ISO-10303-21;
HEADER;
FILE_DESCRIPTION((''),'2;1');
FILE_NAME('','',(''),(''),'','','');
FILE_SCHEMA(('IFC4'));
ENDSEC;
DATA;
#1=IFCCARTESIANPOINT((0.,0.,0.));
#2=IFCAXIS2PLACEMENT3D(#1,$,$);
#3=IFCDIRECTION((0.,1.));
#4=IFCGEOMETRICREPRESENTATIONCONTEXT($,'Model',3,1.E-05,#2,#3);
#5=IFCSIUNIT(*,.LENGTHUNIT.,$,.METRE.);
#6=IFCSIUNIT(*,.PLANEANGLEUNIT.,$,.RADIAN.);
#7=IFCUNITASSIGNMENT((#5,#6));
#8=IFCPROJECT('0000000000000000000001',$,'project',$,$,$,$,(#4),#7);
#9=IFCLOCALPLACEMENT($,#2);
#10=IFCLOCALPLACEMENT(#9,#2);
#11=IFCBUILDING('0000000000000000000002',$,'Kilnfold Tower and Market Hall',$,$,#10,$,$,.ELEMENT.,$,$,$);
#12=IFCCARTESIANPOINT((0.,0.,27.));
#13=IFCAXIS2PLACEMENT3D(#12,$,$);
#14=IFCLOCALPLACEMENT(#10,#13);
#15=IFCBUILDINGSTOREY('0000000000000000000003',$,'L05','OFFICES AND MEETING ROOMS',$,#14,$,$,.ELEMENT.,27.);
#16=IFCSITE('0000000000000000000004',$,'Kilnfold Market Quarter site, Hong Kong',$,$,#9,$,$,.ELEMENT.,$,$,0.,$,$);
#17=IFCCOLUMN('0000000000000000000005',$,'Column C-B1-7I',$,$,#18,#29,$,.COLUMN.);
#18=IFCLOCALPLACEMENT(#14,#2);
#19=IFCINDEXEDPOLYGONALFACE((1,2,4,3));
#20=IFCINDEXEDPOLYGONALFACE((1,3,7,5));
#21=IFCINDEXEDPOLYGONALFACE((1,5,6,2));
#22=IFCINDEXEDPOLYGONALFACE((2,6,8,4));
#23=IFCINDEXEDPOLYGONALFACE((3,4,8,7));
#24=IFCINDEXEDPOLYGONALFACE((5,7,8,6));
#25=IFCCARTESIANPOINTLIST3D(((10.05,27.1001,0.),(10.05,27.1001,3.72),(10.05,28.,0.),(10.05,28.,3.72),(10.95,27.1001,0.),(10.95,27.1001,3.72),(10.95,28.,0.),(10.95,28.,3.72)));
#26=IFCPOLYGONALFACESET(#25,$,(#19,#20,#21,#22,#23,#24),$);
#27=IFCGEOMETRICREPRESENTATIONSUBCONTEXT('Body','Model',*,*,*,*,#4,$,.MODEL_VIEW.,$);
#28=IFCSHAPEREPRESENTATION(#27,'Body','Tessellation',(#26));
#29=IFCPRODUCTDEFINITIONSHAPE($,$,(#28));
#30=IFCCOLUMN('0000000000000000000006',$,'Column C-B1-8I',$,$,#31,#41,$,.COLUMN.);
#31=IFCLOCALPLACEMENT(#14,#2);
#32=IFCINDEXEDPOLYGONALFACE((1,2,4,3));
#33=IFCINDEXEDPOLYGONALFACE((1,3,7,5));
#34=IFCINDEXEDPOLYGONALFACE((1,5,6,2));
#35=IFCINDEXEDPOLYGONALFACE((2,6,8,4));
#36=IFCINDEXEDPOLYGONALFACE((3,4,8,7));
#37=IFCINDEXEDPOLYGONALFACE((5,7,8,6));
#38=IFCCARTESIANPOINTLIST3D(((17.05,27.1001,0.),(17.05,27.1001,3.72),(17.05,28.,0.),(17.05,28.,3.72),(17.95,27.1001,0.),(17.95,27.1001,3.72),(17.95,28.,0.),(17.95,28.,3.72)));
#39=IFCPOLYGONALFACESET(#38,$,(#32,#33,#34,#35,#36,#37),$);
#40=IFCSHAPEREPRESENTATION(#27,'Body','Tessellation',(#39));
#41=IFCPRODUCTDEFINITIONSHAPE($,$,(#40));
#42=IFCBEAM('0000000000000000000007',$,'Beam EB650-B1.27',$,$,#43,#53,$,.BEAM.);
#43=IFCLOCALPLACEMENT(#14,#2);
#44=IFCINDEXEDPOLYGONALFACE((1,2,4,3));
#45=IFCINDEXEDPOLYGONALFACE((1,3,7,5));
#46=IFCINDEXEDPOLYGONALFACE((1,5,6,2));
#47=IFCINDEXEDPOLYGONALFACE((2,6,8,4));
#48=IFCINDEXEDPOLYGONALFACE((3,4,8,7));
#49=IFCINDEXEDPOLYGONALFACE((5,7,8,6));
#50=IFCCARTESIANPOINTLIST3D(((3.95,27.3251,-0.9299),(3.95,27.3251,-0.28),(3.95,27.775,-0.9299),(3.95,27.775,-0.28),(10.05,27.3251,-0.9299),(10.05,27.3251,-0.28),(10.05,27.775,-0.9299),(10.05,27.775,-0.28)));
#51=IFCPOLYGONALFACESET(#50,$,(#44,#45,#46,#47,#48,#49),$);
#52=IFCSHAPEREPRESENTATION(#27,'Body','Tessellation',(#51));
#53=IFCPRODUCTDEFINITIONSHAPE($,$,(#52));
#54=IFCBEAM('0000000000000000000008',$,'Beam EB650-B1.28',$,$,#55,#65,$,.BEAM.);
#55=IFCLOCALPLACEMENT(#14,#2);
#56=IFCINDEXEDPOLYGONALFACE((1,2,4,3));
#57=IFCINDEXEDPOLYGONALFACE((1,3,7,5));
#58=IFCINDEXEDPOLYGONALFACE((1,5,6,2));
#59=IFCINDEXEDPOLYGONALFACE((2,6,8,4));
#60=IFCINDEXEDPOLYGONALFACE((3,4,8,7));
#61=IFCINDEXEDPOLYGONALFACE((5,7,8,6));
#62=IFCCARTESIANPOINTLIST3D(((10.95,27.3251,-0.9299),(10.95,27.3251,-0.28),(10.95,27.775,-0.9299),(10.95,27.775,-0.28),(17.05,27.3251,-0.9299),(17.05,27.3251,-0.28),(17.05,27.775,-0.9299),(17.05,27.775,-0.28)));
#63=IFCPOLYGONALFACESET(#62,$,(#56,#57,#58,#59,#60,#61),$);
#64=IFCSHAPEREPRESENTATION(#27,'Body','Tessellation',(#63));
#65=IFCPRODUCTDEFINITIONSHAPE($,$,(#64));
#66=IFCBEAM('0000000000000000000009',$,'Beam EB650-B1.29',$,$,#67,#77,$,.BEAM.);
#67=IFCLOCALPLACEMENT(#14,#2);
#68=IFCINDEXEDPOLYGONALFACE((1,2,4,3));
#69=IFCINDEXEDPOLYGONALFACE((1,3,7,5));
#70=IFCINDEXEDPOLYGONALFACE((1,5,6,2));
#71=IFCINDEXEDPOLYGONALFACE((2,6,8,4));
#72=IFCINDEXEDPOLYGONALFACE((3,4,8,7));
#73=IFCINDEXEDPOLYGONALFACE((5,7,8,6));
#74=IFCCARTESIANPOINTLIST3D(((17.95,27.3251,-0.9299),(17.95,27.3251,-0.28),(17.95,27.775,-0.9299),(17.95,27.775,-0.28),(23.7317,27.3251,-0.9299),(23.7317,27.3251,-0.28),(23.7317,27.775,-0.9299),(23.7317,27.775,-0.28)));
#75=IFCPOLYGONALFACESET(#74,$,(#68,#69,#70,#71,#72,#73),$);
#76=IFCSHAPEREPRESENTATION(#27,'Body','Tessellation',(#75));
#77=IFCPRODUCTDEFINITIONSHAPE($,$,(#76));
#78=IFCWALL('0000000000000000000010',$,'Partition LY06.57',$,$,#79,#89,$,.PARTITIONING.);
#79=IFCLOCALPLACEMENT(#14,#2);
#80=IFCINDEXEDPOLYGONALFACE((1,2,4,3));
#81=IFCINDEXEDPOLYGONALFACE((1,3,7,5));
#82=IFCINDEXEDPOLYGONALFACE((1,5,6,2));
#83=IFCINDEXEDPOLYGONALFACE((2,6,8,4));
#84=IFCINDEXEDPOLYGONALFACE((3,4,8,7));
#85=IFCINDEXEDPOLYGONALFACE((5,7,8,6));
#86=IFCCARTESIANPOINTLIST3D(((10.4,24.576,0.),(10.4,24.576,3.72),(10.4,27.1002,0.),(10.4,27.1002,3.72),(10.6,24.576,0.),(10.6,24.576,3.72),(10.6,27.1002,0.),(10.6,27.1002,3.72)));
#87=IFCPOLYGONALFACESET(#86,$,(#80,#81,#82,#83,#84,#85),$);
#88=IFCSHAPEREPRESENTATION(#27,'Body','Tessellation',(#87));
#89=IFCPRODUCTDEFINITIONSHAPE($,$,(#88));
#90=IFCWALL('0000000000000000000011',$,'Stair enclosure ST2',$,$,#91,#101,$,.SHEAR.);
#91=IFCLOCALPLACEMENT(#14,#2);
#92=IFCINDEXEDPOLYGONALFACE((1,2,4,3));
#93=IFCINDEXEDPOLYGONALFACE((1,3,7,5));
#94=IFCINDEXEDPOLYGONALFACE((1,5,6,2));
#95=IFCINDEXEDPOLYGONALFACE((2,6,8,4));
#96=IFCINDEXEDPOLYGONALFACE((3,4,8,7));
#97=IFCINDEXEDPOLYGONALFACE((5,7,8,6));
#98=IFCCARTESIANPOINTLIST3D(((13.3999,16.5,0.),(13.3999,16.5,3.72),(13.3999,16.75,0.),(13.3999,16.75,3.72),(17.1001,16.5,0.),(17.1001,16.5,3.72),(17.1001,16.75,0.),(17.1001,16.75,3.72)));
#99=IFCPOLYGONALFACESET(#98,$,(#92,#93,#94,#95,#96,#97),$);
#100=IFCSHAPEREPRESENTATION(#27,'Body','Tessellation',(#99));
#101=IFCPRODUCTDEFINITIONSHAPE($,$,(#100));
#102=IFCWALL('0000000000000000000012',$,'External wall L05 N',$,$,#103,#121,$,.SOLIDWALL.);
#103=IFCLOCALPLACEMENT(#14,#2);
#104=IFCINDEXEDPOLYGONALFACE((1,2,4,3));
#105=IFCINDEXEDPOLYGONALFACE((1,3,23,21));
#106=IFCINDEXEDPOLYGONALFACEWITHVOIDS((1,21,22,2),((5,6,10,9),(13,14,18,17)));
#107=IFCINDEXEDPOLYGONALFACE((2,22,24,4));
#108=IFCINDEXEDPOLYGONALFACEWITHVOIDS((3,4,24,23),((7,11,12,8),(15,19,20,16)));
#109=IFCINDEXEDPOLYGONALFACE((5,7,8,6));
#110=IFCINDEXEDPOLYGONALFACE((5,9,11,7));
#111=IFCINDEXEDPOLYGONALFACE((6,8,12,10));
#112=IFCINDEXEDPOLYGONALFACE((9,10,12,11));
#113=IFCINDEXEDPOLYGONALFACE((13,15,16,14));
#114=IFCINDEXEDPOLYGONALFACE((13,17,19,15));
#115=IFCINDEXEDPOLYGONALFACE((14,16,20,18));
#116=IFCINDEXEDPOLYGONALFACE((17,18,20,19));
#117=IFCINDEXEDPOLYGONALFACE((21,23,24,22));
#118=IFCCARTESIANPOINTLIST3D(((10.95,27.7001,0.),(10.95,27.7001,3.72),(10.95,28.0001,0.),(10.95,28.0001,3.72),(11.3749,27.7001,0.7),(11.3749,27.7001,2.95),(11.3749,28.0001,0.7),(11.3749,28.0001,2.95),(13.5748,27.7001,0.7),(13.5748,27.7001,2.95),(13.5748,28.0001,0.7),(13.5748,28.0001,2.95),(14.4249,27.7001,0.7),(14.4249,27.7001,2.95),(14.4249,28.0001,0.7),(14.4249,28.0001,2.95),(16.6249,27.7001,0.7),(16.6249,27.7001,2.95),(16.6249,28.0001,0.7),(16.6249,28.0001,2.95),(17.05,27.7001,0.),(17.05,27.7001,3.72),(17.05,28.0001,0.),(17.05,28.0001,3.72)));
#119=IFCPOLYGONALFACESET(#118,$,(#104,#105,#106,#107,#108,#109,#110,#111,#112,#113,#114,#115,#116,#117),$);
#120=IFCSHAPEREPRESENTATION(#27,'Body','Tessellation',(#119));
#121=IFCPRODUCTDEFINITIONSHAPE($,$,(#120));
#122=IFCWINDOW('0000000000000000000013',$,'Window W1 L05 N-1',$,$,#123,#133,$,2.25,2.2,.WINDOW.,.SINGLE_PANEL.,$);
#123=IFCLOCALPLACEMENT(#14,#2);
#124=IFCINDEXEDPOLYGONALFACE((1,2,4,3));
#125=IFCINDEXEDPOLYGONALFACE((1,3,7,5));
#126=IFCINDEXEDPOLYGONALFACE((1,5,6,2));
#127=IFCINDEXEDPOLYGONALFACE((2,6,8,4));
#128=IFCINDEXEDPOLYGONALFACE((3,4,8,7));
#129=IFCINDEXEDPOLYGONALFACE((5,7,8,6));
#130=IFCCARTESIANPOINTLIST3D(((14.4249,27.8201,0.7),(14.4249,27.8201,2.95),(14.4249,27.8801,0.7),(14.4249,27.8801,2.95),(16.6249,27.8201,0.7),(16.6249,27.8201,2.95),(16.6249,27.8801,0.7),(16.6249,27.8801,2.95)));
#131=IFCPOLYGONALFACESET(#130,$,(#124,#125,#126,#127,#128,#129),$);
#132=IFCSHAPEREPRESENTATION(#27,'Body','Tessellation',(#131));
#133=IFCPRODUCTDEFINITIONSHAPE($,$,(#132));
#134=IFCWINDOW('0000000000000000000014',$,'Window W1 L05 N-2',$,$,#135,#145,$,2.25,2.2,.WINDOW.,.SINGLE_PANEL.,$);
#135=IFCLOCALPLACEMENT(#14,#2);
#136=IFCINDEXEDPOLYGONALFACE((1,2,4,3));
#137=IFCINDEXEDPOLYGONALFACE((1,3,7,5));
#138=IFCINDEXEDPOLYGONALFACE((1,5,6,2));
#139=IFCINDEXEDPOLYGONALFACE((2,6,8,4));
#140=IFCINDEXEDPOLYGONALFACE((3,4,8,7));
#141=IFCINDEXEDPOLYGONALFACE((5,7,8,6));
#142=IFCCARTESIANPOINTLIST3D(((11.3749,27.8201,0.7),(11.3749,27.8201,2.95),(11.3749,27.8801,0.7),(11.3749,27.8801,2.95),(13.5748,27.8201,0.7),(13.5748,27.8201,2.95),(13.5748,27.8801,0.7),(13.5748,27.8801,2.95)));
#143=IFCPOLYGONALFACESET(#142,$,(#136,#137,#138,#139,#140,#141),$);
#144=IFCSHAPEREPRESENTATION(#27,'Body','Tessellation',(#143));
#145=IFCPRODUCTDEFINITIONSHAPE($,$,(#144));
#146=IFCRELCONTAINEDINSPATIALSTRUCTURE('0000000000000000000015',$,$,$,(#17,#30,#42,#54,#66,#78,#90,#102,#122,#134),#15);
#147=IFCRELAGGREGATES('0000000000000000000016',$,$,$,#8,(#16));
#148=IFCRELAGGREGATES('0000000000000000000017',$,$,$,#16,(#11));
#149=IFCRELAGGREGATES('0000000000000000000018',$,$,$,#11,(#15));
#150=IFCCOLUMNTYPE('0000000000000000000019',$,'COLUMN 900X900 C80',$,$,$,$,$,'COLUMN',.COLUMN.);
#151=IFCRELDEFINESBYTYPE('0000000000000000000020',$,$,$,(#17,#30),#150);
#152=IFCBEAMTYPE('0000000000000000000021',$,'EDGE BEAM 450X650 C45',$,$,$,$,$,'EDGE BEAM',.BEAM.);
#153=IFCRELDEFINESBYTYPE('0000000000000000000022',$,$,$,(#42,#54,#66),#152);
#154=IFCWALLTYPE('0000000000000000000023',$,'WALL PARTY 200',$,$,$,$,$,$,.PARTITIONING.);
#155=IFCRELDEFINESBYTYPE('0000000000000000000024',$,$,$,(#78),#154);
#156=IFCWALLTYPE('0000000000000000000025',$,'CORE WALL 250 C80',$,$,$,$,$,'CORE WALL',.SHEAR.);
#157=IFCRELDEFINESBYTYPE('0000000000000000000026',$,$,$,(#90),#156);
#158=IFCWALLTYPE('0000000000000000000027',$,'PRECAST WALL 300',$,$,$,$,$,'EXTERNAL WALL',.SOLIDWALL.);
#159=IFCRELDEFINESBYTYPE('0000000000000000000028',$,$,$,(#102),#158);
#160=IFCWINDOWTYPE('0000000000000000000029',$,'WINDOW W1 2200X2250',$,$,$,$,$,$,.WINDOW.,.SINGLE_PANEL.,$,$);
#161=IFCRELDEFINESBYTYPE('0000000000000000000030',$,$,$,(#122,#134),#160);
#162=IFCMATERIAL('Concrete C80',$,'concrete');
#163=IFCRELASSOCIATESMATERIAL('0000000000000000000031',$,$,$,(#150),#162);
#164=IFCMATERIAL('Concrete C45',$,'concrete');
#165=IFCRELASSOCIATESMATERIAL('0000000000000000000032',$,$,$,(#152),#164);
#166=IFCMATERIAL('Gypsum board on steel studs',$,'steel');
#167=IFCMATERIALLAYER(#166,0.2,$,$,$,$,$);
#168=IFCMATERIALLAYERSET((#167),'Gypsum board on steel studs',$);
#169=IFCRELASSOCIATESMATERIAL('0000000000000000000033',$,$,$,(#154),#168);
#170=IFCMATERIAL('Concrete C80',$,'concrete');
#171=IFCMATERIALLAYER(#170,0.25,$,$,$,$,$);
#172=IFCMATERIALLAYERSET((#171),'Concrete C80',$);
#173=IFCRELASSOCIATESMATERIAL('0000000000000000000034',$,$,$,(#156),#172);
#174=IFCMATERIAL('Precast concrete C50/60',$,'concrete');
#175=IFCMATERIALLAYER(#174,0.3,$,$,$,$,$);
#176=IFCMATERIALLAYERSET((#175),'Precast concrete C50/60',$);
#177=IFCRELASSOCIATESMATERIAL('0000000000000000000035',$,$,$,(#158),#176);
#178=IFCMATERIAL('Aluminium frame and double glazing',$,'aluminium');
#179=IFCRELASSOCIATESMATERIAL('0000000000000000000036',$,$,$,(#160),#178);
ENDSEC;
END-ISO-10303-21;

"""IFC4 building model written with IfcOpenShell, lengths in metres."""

from ifc_helpers import new_model, si_unit, direction, frame, frame_2d, origin, origin_2d, place, context, subcontext, project, spatial, rectangle, extrude, source, transform, mapped, material, layer, layer_set, material_profile, profile_set, type_object, element, fill, save


model = new_model("IFC4")

# Units and contexts
model_context = context("Model", 3, precision=1e-05, world=origin(), true_north=direction((0.0, 1.0)))
body_context = subcontext(model_context, "Body", "Model", "MODEL_VIEW")
ifc_project = project(units=[si_unit("LENGTHUNIT", "METRE"), si_unit("PLANEANGLEUNIT", "RADIAN")], contexts=[model_context])

# Site, building, storey
site_placement = place(None, origin())
site = spatial("IfcSite", under=ifc_project, at=site_placement, Name="Kilnfold Market Quarter site, Hong Kong", CompositionType="ELEMENT", RefElevation=0.0)
building_placement = place(site_placement, origin())
building = spatial("IfcBuilding", under=site, at=building_placement, Name="Kilnfold Tower and Market Hall", CompositionType="ELEMENT")
storey_placement = place(building_placement, frame((0.0, 0.0, 27.0)))
storey = spatial("IfcBuildingStorey", under=building, at=storey_placement, Name="L05", Description="OFFICES AND MEETING ROOMS", CompositionType="ELEMENT", Elevation=27.0)

# Columns
ifc_material_1 = material(Name="Concrete C80", Category="concrete")
ifc_material_profile_1 = material_profile(ifc_material_1, rectangle(XDim=0.8999, YDim=0.8999, at=origin_2d()), Name="RC 900x900")
ifc_profile_set_1 = profile_set([ifc_material_profile_1], Name="Concrete C80")
column_type = type_object("IfcColumnType", Name="COLUMN 900X900 C80", ElementType="COLUMN", PredefinedType="COLUMN", material=ifc_profile_set_1)
shared_shape_1 = source(origin(), body_context, "Body", "SweptSolid", [
    extrude(rectangle(XDim=0.8999, YDim=0.8999, at=origin_2d()), origin(), (0.0, 0.0, 1.0), 3.72),
])
for number, where, z_axis, x_axis, name in (
    (1, (10.5, 27.55, 0.0), (0.0, 0.0, 1.0), (1.0, 0.0, 0.0), "Column C-B1-7I"),
    (2, (17.5, 27.55, 0.0), (0.0, 0.0, 1.0), (1.0, 0.0, 0.0), "Column C-B1-8I"),
):
    element("IfcColumn", number, at=place(storey_placement, frame(where, z_axis=z_axis, x_axis=x_axis)), inside=storey, type_object=column_type, Name=name, PredefinedType="COLUMN", context=body_context, shape_type="MappedRepresentation", body=[
        mapped(shared_shape_1, transform((0.0, 0.0, 0.0))),
    ])

# Beams
ifc_material_2 = material(Name="Concrete C45", Category="concrete")
ifc_material_profile_2 = material_profile(ifc_material_2, rectangle(XDim=0.45, YDim=0.6499, at=origin_2d()), Name="RC 450x650")
ifc_profile_set_2 = profile_set([ifc_material_profile_2], Name="Concrete C45")
beam_type = type_object("IfcBeamType", Name="EDGE BEAM 450X650 C45", ElementType="EDGE BEAM", PredefinedType="BEAM", material=ifc_profile_set_2)
shared_shape_2 = source(origin(), body_context, "Body", "SweptSolid", [
    extrude(rectangle(XDim=0.45, YDim=0.6499, at=origin_2d()), origin(), (0.0, 0.0, 1.0), 6.1001),
])
for number, where, z_axis, x_axis, name in (
    (3, (3.95, 27.55, -0.605), (1.0, 0.0, 0.0), (0.0, 1.0, 0.0), "Beam EB650-B1.27"),
    (4, (10.95, 27.55, -0.605), (1.0, 0.0, 0.0), (0.0, 1.0, 0.0), "Beam EB650-B1.28"),
):
    element("IfcBeam", number, at=place(storey_placement, frame(where, z_axis=z_axis, x_axis=x_axis)), inside=storey, type_object=beam_type, Name=name, PredefinedType="BEAM", context=body_context, shape_type="MappedRepresentation", body=[
        mapped(shared_shape_2, transform((0.0, 0.0, 0.0))),
    ])
shared_shape_3 = source(origin(), body_context, "Body", "SweptSolid", [
    extrude(rectangle(XDim=0.45, YDim=0.6499, at=origin_2d()), origin(), (0.0, 0.0, 1.0), 5.7817),
])
beam_placement = place(storey_placement, frame((17.95, 27.55, -0.605), z_axis=(1.0, 0.0, 0.0), x_axis=(0.0, 1.0, 0.0)))
element("IfcBeam", 5, at=beam_placement, inside=storey, type_object=beam_type, Name="Beam EB650-B1.29", PredefinedType="BEAM", context=body_context, shape_type="MappedRepresentation", body=[
    mapped(shared_shape_3, transform((0.0, 0.0, 0.0))),
])

# Walls
ifc_material_3 = material(Name="Gypsum board on steel studs", Category="steel")
ifc_layer_1 = layer(ifc_material_3, 0.2)
ifc_layer_set_1 = layer_set([ifc_layer_1], Name="Gypsum board on steel studs")
wall_type_1 = type_object("IfcWallType", Name="WALL PARTY 200", PredefinedType="PARTITIONING", material=ifc_layer_set_1)
wall_1_placement = place(storey_placement, frame((10.5, 24.5759, 0.0), z_axis=(0.0, 0.0, 1.0), x_axis=(0.0, 1.0, 0.0)))
element("IfcWall", 6, at=wall_1_placement, inside=storey, type_object=wall_type_1, Name="Partition LY06.57", PredefinedType="PARTITIONING", context=body_context, shape_type="SweptSolid", body=[
    extrude(rectangle(XDim=2.5242, YDim=0.2, at=frame_2d((1.2622, 0.0))), origin(), (0.0, 0.0, 1.0), 3.72),
])
ifc_material_4 = material(Name="Concrete C80", Category="concrete")
ifc_layer_2 = layer(ifc_material_4, 0.25)
ifc_layer_set_2 = layer_set([ifc_layer_2], Name="Concrete C80")
wall_type_2 = type_object("IfcWallType", Name="CORE WALL 250 C80", ElementType="CORE WALL", PredefinedType="SHEAR", material=ifc_layer_set_2)
shared_shape_4 = source(origin(), body_context, "Body", "SweptSolid", [
    extrude(rectangle(XDim=3.7002, YDim=0.25, at=frame_2d((1.8501, 0.0))), origin(), (0.0, 0.0, 1.0), 3.72),
])
wall_2_placement = place(storey_placement, frame((13.3999, 16.625, 0.0), z_axis=(0.0, 0.0, 1.0), x_axis=(1.0, 0.0, 0.0)))
element("IfcWall", 7, at=wall_2_placement, inside=storey, type_object=wall_type_2, Name="Stair enclosure ST2", PredefinedType="SHEAR", context=body_context, shape_type="MappedRepresentation", body=[
    mapped(shared_shape_4, transform((0.0, 0.0, 0.0))),
])

# Wall, openings, windows
ifc_material_5 = material(Name="Precast concrete C50/60", Category="concrete")
ifc_layer_3 = layer(ifc_material_5, 0.3)
ifc_layer_set_3 = layer_set([ifc_layer_3], Name="Precast concrete C50/60")
wall_type_3 = type_object("IfcWallType", Name="PRECAST WALL 300", ElementType="EXTERNAL WALL", PredefinedType="SOLIDWALL", material=ifc_layer_set_3)
shared_shape_5 = source(origin(), body_context, "Body", "SweptSolid", [
    extrude(rectangle(XDim=6.1001, YDim=0.3, at=frame_2d((3.05, 0.0))), origin(), (0.0, 0.0, 1.0), 3.72),
])
wall_3_placement = place(storey_placement, frame((17.05, 27.8501, 0.0), z_axis=(0.0, 0.0, 1.0), x_axis=(-1.0, 0.0, 0.0)))
wall_3 = element("IfcWall", 8, at=wall_3_placement, inside=storey, type_object=wall_type_3, Name="External wall L05 N", PredefinedType="SOLIDWALL", context=body_context, shape_type="MappedRepresentation", body=[
    mapped(shared_shape_5, transform((0.0, 0.0, 0.0))),
])
opening_1_placement = place(wall_3_placement, frame((0.425, 0.0, 0.7)))
opening_1 = element("IfcOpeningElement", 9, at=opening_1_placement, cuts=wall_3, PredefinedType="OPENING", context=body_context, shape_type="SweptSolid", body=[
    extrude(rectangle(XDim=2.2, YDim=2.25, at=frame_2d((1.1001, 1.125))), frame((0.0, 0.1602, 0.0), z_axis=(0.0, -1.0, 0.0), x_axis=(1.0, 0.0, 0.0)), (0.0, 0.0, 1.0), 0.3201),
])
opening_2_placement = place(wall_3_placement, frame((3.4751, 0.0, 0.7)))
opening_2 = element("IfcOpeningElement", 10, at=opening_2_placement, cuts=wall_3, PredefinedType="OPENING", context=body_context, shape_type="SweptSolid", body=[
    extrude(rectangle(XDim=2.2, YDim=2.25, at=frame_2d((1.1001, 1.125))), frame((0.0, 0.1602, 0.0), z_axis=(0.0, -1.0, 0.0), x_axis=(1.0, 0.0, 0.0)), (0.0, 0.0, 1.0), 0.3201),
])
ifc_material_6 = material(Name="Aluminium frame and double glazing", Category="aluminium")
window_type = type_object("IfcWindowType", Name="WINDOW W1 2200X2250", PartitioningType="SINGLE_PANEL", PredefinedType="WINDOW", material=ifc_material_6)
window_1_placement = place(opening_1_placement, origin())
window_1 = element("IfcWindow", 11, at=window_1_placement, inside=storey, type_object=window_type, Name="Window W1 L05 N-1", OverallHeight=2.25, OverallWidth=2.2, PartitioningType="SINGLE_PANEL", PredefinedType="WINDOW", context=body_context, shape_type="SweptSolid", body=[
    extrude(rectangle(XDim=2.2, YDim=2.25, at=frame_2d((1.1001, 1.125))), frame((0.0, 0.03, 0.0), z_axis=(0.0, -1.0, 0.0), x_axis=(1.0, 0.0, 0.0)), (0.0, 0.0, 1.0), 0.0601),
])
fill(opening_1, window_1)
window_2_placement = place(opening_2_placement, origin())
window_2 = element("IfcWindow", 12, at=window_2_placement, inside=storey, type_object=window_type, Name="Window W1 L05 N-2", OverallHeight=2.25, OverallWidth=2.2, PartitioningType="SINGLE_PANEL", PredefinedType="WINDOW", context=body_context, shape_type="SweptSolid", body=[
    extrude(rectangle(XDim=2.2, YDim=2.25, at=frame_2d((1.1001, 1.125))), frame((0.0, 0.03, 0.0), z_axis=(0.0, -1.0, 0.0), x_axis=(1.0, 0.0, 0.0)), (0.0, 0.0, 1.0), 0.0601),
])
fill(opening_2, window_2)

save(model, "model.ifc")
